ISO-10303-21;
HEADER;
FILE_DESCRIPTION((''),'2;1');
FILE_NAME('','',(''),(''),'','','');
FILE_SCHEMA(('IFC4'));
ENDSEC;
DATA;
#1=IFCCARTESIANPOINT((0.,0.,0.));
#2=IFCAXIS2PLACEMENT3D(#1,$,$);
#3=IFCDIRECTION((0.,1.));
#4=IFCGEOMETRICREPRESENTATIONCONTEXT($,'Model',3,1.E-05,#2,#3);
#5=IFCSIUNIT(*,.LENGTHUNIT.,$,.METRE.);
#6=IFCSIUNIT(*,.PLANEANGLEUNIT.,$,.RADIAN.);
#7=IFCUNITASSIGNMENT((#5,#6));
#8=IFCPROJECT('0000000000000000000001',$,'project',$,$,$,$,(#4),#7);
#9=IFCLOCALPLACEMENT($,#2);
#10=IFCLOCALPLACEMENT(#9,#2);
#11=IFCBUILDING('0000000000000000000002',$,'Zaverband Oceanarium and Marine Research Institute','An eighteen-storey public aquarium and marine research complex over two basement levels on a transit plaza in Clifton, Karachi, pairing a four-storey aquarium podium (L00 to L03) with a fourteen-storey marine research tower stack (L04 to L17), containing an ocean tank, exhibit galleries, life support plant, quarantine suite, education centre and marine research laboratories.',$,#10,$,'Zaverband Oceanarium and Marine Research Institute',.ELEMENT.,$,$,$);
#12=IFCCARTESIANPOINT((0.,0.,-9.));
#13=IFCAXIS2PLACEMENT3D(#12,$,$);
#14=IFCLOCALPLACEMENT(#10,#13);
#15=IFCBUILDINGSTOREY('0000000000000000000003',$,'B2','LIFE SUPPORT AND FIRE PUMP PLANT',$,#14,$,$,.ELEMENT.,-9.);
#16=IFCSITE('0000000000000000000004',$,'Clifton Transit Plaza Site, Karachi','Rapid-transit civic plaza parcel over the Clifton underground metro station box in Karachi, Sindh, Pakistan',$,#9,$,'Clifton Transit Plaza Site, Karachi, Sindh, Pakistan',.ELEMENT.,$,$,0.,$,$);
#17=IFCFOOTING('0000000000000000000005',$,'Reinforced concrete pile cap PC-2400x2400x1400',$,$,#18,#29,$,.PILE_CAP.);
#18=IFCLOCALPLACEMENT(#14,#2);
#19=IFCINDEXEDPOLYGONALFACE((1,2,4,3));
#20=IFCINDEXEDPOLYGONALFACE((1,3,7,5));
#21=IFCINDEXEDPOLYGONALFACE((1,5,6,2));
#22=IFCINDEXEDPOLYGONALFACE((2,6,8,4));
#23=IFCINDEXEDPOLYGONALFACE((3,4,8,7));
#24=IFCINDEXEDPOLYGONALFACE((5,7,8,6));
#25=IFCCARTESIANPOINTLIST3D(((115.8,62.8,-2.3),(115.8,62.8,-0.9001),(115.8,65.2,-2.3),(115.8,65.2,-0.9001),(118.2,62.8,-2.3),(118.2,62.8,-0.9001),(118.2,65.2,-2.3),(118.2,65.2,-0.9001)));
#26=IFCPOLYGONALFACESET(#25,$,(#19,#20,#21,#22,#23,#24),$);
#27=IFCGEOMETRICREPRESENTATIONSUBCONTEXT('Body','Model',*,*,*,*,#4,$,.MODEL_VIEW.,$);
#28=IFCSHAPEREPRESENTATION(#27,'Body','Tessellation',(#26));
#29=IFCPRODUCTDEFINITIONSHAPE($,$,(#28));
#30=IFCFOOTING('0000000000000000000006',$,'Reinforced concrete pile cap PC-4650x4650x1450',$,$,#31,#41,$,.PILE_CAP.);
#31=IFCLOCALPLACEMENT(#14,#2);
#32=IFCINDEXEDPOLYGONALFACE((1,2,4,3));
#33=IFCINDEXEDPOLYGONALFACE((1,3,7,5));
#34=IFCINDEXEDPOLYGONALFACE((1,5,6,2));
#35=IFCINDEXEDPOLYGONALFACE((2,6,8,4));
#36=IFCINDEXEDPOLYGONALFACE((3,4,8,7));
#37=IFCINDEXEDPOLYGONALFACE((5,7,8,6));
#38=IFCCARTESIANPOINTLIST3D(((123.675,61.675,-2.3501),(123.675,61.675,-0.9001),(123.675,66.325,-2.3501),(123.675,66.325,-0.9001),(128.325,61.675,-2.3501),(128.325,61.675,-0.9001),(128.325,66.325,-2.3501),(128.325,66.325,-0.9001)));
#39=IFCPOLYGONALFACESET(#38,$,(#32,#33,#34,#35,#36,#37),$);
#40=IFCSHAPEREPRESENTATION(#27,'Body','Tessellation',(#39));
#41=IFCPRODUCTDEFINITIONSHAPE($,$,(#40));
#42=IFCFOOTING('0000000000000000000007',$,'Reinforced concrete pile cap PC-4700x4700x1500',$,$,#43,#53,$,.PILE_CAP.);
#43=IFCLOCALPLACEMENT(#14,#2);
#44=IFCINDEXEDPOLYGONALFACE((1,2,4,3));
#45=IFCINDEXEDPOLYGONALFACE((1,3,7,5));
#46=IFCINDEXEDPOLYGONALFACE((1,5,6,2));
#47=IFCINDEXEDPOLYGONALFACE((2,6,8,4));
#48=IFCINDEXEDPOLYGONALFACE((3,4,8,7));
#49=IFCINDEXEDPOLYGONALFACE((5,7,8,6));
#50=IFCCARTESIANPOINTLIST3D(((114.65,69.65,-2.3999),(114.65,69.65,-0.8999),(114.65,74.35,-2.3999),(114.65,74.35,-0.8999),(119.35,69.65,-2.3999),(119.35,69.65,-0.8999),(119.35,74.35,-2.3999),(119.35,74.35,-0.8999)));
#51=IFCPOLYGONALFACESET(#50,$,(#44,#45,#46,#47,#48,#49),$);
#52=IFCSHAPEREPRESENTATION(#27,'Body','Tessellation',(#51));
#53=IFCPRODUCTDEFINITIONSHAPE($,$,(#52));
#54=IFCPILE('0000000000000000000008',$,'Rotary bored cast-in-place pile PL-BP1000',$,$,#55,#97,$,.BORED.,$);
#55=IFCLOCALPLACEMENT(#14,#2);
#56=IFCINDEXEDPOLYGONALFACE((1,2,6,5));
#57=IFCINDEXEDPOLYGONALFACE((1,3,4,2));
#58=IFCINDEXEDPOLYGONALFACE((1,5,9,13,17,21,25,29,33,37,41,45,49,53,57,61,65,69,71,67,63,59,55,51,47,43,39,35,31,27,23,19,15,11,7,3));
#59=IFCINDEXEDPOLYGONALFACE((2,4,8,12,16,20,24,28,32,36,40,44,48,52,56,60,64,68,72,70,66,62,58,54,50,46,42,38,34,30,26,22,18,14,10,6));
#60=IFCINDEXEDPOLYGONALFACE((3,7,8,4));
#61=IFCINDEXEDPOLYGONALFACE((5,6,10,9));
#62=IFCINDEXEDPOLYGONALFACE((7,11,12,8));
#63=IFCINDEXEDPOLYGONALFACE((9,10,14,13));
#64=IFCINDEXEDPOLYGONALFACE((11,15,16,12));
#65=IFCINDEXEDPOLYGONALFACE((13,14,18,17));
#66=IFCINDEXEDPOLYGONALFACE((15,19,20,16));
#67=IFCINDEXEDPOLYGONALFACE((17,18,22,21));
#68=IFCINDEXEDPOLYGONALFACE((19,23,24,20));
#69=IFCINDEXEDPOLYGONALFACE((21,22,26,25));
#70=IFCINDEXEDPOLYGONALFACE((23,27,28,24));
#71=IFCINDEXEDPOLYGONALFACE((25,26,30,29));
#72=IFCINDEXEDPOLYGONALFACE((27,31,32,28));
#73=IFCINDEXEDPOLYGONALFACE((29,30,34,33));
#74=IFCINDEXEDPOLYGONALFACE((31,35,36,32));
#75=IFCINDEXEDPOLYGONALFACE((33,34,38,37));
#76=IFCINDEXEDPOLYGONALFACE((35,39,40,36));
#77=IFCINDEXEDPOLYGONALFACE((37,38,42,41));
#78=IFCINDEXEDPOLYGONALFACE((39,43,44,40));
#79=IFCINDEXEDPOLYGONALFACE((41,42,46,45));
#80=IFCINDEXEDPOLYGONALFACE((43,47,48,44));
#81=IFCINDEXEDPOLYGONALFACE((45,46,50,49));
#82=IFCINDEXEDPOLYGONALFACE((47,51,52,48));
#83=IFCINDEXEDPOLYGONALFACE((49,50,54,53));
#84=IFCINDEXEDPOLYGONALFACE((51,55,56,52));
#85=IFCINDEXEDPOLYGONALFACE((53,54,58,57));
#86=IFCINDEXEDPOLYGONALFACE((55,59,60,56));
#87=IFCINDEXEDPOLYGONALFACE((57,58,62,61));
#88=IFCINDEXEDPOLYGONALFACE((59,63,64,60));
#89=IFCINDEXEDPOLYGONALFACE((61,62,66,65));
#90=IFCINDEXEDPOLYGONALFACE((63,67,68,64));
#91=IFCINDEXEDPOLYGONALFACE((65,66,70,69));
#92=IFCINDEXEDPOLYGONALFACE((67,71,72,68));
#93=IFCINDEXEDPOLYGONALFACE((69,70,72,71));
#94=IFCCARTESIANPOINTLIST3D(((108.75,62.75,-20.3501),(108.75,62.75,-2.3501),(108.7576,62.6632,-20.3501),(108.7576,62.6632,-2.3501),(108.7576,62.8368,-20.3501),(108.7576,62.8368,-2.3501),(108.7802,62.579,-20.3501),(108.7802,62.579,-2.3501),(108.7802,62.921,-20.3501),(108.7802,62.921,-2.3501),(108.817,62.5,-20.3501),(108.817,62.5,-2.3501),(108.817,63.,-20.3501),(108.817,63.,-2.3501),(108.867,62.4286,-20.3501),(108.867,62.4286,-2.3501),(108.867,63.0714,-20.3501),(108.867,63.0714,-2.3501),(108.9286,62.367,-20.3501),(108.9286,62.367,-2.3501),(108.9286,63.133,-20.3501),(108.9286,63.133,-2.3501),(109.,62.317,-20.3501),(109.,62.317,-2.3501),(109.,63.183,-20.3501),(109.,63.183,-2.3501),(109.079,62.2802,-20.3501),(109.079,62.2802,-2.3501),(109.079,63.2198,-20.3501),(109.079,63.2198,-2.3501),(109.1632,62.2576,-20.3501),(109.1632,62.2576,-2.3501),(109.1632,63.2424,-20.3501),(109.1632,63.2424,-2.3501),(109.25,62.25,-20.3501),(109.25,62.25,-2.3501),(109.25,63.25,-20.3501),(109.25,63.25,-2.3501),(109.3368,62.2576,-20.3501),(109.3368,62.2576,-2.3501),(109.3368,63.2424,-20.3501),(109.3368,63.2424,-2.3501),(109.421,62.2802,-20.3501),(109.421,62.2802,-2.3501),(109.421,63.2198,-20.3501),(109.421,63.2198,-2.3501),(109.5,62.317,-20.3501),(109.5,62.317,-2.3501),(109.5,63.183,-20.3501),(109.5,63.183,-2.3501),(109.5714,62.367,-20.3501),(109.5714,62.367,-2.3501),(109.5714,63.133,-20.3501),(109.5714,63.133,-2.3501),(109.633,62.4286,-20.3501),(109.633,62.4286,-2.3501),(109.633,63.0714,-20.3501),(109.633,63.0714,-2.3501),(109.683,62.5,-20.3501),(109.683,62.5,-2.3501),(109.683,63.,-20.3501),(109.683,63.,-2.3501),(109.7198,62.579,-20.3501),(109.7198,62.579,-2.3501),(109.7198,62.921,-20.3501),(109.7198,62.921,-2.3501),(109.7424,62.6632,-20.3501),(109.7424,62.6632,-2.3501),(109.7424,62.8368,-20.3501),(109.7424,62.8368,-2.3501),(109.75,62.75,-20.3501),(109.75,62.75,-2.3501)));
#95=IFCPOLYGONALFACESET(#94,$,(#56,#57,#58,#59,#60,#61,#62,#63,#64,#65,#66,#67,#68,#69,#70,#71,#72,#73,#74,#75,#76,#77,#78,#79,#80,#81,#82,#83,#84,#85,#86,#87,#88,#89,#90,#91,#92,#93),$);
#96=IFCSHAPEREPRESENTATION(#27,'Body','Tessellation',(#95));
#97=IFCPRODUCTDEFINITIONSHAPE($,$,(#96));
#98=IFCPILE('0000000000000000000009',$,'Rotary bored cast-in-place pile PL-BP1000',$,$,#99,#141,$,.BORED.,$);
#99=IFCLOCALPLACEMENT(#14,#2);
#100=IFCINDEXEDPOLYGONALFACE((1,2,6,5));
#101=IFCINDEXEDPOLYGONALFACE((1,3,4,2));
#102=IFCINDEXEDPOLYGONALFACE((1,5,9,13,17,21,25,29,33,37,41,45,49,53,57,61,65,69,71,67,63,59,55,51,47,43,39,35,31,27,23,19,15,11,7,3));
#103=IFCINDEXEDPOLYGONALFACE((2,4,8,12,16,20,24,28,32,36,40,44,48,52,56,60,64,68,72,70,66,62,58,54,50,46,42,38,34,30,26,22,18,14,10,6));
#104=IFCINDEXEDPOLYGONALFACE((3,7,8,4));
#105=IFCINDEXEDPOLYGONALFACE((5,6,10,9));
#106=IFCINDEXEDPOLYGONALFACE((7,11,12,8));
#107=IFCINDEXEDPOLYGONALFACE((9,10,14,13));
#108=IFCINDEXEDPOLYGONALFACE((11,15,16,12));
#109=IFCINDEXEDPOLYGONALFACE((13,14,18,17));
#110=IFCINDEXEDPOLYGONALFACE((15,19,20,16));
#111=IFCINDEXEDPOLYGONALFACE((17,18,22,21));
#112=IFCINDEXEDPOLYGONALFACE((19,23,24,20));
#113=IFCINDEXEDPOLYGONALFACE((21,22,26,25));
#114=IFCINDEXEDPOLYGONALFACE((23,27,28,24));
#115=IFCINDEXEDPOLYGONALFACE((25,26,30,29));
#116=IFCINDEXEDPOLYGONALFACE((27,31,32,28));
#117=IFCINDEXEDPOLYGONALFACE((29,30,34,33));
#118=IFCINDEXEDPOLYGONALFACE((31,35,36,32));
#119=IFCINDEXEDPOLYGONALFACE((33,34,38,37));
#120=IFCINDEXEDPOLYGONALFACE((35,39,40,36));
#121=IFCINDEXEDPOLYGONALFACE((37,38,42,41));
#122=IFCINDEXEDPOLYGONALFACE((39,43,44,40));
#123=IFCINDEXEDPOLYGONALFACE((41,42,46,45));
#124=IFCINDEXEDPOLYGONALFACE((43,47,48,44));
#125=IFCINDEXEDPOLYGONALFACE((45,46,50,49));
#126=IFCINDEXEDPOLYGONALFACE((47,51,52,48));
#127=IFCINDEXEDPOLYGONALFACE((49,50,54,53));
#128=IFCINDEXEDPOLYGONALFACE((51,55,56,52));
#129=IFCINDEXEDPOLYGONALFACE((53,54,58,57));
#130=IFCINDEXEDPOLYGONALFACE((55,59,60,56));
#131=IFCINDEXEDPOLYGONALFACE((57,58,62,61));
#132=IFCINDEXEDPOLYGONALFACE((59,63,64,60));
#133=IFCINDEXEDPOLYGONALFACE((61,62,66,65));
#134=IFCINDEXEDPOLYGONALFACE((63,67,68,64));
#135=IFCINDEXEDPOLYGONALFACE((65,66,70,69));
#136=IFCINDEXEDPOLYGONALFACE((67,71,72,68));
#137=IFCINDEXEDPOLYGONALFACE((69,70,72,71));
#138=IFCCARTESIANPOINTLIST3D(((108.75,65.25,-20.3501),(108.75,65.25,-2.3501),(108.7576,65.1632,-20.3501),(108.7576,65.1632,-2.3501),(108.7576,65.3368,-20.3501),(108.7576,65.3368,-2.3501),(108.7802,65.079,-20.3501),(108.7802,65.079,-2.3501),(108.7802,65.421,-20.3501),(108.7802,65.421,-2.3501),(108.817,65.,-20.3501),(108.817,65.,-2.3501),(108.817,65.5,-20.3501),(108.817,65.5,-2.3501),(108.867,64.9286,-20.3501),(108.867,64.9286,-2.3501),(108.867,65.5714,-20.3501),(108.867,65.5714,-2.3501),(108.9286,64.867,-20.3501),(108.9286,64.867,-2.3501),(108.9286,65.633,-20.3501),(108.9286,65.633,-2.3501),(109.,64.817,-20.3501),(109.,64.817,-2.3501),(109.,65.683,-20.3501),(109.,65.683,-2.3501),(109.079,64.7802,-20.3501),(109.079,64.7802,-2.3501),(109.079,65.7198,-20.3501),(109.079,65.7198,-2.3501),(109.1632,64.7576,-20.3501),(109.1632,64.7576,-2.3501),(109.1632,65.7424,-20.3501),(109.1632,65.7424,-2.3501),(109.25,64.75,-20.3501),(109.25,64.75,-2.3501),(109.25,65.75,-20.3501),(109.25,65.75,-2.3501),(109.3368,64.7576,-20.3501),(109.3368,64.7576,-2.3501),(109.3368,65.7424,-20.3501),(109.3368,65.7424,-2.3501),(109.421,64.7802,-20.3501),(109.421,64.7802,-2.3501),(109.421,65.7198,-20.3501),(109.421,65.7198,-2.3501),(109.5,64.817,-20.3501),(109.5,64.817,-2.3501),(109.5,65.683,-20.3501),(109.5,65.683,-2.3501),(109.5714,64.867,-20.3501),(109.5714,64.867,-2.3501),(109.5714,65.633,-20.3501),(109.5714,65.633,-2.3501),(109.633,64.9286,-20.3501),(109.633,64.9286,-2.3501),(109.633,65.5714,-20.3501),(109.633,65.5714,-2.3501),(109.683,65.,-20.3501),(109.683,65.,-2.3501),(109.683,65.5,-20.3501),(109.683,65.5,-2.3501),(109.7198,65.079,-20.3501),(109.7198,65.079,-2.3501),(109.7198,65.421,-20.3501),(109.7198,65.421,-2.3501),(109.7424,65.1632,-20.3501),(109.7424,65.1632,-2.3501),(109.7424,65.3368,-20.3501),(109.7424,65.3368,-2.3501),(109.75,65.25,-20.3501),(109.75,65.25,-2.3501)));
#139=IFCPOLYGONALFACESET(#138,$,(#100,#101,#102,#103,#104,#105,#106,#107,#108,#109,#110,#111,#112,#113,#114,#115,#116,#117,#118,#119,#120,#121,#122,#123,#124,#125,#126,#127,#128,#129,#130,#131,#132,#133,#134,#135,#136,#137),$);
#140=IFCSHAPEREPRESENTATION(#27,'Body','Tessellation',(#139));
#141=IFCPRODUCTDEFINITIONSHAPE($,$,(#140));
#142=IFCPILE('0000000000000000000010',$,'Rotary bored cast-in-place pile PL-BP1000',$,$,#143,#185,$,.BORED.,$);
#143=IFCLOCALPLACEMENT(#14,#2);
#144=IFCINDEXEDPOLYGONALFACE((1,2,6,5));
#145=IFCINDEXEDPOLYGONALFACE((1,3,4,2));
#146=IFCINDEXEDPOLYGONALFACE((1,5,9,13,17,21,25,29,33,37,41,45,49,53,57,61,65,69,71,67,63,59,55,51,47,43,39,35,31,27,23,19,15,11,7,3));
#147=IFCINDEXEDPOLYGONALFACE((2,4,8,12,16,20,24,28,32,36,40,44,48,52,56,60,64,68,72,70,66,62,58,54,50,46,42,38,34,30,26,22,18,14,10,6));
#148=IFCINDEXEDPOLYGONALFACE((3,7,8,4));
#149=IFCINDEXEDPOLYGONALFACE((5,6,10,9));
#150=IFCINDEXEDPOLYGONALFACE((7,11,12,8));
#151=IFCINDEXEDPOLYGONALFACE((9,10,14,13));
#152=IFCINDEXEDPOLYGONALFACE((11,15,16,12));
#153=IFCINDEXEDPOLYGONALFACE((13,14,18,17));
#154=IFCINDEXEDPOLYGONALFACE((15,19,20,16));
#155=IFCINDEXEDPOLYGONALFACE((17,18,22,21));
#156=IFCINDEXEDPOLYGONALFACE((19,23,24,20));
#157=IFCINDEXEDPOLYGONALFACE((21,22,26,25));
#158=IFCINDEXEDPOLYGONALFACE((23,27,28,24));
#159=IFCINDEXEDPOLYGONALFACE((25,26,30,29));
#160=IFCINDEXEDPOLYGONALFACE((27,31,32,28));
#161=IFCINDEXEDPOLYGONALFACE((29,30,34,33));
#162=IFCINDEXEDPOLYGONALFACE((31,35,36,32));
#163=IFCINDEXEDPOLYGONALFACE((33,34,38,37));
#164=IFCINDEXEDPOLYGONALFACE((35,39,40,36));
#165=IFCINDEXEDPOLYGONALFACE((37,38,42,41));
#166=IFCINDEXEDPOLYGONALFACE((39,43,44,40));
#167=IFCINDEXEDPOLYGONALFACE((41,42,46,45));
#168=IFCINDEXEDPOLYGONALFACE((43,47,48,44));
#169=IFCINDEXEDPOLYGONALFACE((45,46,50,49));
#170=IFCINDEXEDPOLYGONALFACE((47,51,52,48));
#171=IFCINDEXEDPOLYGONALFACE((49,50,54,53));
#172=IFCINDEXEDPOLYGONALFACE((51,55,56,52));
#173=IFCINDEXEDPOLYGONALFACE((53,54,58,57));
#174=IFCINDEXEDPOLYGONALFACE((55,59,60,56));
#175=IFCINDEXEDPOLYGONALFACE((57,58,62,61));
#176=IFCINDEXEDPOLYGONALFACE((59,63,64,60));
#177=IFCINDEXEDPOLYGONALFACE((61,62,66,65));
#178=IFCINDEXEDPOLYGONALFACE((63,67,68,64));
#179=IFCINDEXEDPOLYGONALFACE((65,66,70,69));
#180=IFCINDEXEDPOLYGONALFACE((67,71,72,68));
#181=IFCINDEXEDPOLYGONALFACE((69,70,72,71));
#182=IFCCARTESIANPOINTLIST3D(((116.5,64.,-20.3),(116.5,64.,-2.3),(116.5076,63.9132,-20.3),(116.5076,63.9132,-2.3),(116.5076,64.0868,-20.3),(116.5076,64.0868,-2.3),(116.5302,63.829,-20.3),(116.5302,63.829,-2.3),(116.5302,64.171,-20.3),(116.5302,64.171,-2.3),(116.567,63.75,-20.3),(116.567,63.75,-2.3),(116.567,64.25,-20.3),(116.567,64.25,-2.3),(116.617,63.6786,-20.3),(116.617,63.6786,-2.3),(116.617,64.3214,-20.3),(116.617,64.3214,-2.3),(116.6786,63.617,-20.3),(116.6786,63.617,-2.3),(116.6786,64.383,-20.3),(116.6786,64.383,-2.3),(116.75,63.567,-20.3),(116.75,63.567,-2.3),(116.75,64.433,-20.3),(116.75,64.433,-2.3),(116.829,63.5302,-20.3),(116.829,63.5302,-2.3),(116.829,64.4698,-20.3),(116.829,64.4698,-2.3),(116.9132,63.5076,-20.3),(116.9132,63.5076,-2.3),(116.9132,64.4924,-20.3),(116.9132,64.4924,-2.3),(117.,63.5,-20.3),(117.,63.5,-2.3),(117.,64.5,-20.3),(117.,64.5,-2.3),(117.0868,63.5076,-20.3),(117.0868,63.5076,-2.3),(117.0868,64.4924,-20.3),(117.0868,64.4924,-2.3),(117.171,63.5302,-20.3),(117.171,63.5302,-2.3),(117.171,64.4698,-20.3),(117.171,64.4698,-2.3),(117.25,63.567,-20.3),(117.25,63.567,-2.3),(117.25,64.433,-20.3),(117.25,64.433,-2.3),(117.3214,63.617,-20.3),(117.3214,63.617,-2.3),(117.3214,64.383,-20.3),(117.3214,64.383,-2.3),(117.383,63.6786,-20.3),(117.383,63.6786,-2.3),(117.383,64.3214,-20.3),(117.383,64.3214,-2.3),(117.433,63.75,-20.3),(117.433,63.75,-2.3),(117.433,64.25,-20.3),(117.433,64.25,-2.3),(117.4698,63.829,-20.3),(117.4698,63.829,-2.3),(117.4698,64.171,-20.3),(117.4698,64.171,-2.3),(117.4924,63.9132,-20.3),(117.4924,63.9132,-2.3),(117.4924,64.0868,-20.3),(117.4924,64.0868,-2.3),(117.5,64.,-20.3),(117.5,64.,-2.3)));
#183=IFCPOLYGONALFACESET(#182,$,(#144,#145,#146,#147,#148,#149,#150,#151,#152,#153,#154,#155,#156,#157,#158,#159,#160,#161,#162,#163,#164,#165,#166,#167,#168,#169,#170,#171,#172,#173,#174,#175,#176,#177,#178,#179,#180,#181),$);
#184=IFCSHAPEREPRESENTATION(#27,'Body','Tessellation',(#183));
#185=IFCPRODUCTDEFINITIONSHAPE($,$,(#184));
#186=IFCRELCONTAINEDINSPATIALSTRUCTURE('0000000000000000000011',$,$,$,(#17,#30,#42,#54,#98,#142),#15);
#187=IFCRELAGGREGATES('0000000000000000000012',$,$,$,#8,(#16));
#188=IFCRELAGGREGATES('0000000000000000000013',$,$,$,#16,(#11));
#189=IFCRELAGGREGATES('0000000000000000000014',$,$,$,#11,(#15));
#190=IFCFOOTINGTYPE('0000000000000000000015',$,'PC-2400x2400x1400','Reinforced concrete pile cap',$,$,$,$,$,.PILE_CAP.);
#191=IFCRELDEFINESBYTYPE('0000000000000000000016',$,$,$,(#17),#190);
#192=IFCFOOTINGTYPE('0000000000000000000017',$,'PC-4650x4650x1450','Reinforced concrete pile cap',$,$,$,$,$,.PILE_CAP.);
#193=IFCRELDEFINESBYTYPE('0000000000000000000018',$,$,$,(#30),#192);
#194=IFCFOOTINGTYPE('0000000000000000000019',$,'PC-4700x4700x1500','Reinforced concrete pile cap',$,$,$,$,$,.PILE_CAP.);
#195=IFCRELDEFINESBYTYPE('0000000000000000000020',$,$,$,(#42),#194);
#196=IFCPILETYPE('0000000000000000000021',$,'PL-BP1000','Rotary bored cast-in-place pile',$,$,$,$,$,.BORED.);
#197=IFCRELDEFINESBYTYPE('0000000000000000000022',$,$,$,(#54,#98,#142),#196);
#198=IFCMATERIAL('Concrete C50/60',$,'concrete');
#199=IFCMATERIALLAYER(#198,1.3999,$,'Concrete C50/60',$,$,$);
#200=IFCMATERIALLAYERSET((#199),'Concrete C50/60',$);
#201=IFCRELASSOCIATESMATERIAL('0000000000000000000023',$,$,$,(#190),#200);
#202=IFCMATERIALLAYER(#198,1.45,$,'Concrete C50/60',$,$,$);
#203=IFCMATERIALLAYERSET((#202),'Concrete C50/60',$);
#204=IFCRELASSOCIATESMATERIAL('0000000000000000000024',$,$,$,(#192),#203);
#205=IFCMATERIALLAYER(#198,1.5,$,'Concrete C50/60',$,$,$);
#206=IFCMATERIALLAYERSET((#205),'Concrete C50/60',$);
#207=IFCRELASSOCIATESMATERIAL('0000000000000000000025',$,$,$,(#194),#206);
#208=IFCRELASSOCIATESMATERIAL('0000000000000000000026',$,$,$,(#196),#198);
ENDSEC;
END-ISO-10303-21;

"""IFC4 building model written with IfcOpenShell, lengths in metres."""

from ifc_helpers import new_model, si_unit, direction, frame, origin, origin_2d, place, context, subcontext, project, spatial, rectangle, circle, extrude, material, layer, layer_set, material_profile, profile_set, type_object, element, save


model = new_model("IFC4")

# Units and contexts
model_context = context("Model", 3, precision=1e-05, world=origin(), true_north=direction((0.0, 1.0)))
body_context = subcontext(model_context, "Body", "Model", "MODEL_VIEW")
ifc_project = project(units=[si_unit("LENGTHUNIT", "METRE"), si_unit("PLANEANGLEUNIT", "RADIAN")], contexts=[model_context])

# Site, building, storey
site_placement = place(None, origin())
site = spatial("IfcSite", under=ifc_project, at=site_placement, Name="Clifton Transit Plaza Site, Karachi", Description="Rapid-transit civic plaza parcel over the Clifton underground metro station box in Karachi, Sindh, Pakistan", LongName="Clifton Transit Plaza Site, Karachi, Sindh, Pakistan", CompositionType="ELEMENT", RefElevation=0.0)
building_placement = place(site_placement, origin())
building = spatial("IfcBuilding", under=site, at=building_placement, Name="Zaverband Oceanarium and Marine Research Institute", Description="An eighteen-storey public aquarium and marine research complex over two basement levels on a transit plaza in Clifton, Karachi, pairing a four-storey aquarium podium (L00 to L03) with a fourteen-storey marine research tower stack (L04 to L17), containing an ocean tank, exhibit galleries, life support plant, quarantine suite, education centre and marine research laboratories.", LongName="Zaverband Oceanarium and Marine Research Institute", CompositionType="ELEMENT")
storey_placement = place(building_placement, frame((0.0, 0.0, -9.0)))
storey = spatial("IfcBuildingStorey", under=building, at=storey_placement, Name="B2", Description="LIFE SUPPORT AND FIRE PUMP PLANT", CompositionType="ELEMENT", Elevation=-9.0)

# Footings
ifc_material_1 = material(Name="Concrete C50/60", Category="concrete")
ifc_layer_1 = layer(ifc_material_1, 1.3999, Name="Concrete C50/60")
ifc_layer_set_1 = layer_set([ifc_layer_1], Name="Concrete C50/60")
footing_type_1 = type_object("IfcFootingType", Name="PC-2400x2400x1400", Description="Reinforced concrete pile cap", PredefinedType="PILE_CAP", material=ifc_layer_set_1)
footing_1_placement = place(storey_placement, frame((117.0, 64.0, -2.3), z_axis=(0.0, 0.0, 1.0), x_axis=(1.0, 0.0, 0.0)))
element("IfcFooting", 1, at=footing_1_placement, inside=storey, type_object=footing_type_1, Name="Reinforced concrete pile cap PC-2400x2400x1400", PredefinedType="PILE_CAP", context=body_context, shape_type="SweptSolid", body=[
    extrude(rectangle(XDim=2.3999, YDim=2.3999, at=origin_2d()), origin(), (0.0, 0.0, 1.0), 1.3999),
])
ifc_layer_2 = layer(ifc_material_1, 1.45, Name="Concrete C50/60")
ifc_layer_set_2 = layer_set([ifc_layer_2], Name="Concrete C50/60")
footing_type_2 = type_object("IfcFootingType", Name="PC-4650x4650x1450", Description="Reinforced concrete pile cap", PredefinedType="PILE_CAP", material=ifc_layer_set_2)
footing_2_placement = place(storey_placement, frame((126.0, 64.0, -2.3501), z_axis=(0.0, 0.0, 1.0), x_axis=(1.0, 0.0, 0.0)))
element("IfcFooting", 2, at=footing_2_placement, inside=storey, type_object=footing_type_2, Name="Reinforced concrete pile cap PC-4650x4650x1450", PredefinedType="PILE_CAP", context=body_context, shape_type="SweptSolid", body=[
    extrude(rectangle(XDim=4.6499, YDim=4.6499, at=origin_2d()), origin(), (0.0, 0.0, 1.0), 1.45),
])
ifc_layer_3 = layer(ifc_material_1, 1.5, Name="Concrete C50/60")
ifc_layer_set_3 = layer_set([ifc_layer_3], Name="Concrete C50/60")
footing_type_3 = type_object("IfcFootingType", Name="PC-4700x4700x1500", Description="Reinforced concrete pile cap", PredefinedType="PILE_CAP", material=ifc_layer_set_3)
footing_3_placement = place(storey_placement, frame((117.0, 72.0, -2.3999), z_axis=(0.0, 0.0, 1.0), x_axis=(1.0, 0.0, 0.0)))
element("IfcFooting", 3, at=footing_3_placement, inside=storey, type_object=footing_type_3, Name="Reinforced concrete pile cap PC-4700x4700x1500", PredefinedType="PILE_CAP", context=body_context, shape_type="SweptSolid", body=[
    extrude(rectangle(XDim=4.7, YDim=4.7, at=origin_2d()), origin(), (0.0, 0.0, 1.0), 1.5),
])

# Piles
ifc_material_profile_1 = material_profile(ifc_material_1, circle(Radius=0.5, at=origin_2d()), Name="BP1000")
ifc_profile_set_1 = profile_set([ifc_material_profile_1], Name="Concrete C50/60")
pile_type_1 = type_object("IfcPileType", Name="PL-BP1000", Description="Rotary bored cast-in-place pile", PredefinedType="BORED", material=ifc_profile_set_1)
for number, where, z_axis, x_axis, name in (
    (4, (109.25, 62.75, -2.3501), (0.0, 0.0, -1.0), (1.0, 0.0, 0.0), "Rotary bored cast-in-place pile PL-BP1000"),
    (5, (109.25, 65.25, -2.3501), (0.0, 0.0, -1.0), (1.0, 0.0, 0.0), "Rotary bored cast-in-place pile PL-BP1000"),
    (6, (117.0, 64.0, -2.3), (0.0, 0.0, -1.0), (1.0, 0.0, 0.0), "Rotary bored cast-in-place pile PL-BP1000"),
):
    element("IfcPile", number, at=place(storey_placement, frame(where, z_axis=z_axis, x_axis=x_axis)), inside=storey, type_object=pile_type_1, Name=name, PredefinedType="BORED", context=body_context, shape_type="SweptSolid", body=[
        extrude(circle(Radius=0.5, at=origin_2d()), origin(), (0.0, 0.0, 1.0), 18.0),
    ])

save(model, "model.ifc")
